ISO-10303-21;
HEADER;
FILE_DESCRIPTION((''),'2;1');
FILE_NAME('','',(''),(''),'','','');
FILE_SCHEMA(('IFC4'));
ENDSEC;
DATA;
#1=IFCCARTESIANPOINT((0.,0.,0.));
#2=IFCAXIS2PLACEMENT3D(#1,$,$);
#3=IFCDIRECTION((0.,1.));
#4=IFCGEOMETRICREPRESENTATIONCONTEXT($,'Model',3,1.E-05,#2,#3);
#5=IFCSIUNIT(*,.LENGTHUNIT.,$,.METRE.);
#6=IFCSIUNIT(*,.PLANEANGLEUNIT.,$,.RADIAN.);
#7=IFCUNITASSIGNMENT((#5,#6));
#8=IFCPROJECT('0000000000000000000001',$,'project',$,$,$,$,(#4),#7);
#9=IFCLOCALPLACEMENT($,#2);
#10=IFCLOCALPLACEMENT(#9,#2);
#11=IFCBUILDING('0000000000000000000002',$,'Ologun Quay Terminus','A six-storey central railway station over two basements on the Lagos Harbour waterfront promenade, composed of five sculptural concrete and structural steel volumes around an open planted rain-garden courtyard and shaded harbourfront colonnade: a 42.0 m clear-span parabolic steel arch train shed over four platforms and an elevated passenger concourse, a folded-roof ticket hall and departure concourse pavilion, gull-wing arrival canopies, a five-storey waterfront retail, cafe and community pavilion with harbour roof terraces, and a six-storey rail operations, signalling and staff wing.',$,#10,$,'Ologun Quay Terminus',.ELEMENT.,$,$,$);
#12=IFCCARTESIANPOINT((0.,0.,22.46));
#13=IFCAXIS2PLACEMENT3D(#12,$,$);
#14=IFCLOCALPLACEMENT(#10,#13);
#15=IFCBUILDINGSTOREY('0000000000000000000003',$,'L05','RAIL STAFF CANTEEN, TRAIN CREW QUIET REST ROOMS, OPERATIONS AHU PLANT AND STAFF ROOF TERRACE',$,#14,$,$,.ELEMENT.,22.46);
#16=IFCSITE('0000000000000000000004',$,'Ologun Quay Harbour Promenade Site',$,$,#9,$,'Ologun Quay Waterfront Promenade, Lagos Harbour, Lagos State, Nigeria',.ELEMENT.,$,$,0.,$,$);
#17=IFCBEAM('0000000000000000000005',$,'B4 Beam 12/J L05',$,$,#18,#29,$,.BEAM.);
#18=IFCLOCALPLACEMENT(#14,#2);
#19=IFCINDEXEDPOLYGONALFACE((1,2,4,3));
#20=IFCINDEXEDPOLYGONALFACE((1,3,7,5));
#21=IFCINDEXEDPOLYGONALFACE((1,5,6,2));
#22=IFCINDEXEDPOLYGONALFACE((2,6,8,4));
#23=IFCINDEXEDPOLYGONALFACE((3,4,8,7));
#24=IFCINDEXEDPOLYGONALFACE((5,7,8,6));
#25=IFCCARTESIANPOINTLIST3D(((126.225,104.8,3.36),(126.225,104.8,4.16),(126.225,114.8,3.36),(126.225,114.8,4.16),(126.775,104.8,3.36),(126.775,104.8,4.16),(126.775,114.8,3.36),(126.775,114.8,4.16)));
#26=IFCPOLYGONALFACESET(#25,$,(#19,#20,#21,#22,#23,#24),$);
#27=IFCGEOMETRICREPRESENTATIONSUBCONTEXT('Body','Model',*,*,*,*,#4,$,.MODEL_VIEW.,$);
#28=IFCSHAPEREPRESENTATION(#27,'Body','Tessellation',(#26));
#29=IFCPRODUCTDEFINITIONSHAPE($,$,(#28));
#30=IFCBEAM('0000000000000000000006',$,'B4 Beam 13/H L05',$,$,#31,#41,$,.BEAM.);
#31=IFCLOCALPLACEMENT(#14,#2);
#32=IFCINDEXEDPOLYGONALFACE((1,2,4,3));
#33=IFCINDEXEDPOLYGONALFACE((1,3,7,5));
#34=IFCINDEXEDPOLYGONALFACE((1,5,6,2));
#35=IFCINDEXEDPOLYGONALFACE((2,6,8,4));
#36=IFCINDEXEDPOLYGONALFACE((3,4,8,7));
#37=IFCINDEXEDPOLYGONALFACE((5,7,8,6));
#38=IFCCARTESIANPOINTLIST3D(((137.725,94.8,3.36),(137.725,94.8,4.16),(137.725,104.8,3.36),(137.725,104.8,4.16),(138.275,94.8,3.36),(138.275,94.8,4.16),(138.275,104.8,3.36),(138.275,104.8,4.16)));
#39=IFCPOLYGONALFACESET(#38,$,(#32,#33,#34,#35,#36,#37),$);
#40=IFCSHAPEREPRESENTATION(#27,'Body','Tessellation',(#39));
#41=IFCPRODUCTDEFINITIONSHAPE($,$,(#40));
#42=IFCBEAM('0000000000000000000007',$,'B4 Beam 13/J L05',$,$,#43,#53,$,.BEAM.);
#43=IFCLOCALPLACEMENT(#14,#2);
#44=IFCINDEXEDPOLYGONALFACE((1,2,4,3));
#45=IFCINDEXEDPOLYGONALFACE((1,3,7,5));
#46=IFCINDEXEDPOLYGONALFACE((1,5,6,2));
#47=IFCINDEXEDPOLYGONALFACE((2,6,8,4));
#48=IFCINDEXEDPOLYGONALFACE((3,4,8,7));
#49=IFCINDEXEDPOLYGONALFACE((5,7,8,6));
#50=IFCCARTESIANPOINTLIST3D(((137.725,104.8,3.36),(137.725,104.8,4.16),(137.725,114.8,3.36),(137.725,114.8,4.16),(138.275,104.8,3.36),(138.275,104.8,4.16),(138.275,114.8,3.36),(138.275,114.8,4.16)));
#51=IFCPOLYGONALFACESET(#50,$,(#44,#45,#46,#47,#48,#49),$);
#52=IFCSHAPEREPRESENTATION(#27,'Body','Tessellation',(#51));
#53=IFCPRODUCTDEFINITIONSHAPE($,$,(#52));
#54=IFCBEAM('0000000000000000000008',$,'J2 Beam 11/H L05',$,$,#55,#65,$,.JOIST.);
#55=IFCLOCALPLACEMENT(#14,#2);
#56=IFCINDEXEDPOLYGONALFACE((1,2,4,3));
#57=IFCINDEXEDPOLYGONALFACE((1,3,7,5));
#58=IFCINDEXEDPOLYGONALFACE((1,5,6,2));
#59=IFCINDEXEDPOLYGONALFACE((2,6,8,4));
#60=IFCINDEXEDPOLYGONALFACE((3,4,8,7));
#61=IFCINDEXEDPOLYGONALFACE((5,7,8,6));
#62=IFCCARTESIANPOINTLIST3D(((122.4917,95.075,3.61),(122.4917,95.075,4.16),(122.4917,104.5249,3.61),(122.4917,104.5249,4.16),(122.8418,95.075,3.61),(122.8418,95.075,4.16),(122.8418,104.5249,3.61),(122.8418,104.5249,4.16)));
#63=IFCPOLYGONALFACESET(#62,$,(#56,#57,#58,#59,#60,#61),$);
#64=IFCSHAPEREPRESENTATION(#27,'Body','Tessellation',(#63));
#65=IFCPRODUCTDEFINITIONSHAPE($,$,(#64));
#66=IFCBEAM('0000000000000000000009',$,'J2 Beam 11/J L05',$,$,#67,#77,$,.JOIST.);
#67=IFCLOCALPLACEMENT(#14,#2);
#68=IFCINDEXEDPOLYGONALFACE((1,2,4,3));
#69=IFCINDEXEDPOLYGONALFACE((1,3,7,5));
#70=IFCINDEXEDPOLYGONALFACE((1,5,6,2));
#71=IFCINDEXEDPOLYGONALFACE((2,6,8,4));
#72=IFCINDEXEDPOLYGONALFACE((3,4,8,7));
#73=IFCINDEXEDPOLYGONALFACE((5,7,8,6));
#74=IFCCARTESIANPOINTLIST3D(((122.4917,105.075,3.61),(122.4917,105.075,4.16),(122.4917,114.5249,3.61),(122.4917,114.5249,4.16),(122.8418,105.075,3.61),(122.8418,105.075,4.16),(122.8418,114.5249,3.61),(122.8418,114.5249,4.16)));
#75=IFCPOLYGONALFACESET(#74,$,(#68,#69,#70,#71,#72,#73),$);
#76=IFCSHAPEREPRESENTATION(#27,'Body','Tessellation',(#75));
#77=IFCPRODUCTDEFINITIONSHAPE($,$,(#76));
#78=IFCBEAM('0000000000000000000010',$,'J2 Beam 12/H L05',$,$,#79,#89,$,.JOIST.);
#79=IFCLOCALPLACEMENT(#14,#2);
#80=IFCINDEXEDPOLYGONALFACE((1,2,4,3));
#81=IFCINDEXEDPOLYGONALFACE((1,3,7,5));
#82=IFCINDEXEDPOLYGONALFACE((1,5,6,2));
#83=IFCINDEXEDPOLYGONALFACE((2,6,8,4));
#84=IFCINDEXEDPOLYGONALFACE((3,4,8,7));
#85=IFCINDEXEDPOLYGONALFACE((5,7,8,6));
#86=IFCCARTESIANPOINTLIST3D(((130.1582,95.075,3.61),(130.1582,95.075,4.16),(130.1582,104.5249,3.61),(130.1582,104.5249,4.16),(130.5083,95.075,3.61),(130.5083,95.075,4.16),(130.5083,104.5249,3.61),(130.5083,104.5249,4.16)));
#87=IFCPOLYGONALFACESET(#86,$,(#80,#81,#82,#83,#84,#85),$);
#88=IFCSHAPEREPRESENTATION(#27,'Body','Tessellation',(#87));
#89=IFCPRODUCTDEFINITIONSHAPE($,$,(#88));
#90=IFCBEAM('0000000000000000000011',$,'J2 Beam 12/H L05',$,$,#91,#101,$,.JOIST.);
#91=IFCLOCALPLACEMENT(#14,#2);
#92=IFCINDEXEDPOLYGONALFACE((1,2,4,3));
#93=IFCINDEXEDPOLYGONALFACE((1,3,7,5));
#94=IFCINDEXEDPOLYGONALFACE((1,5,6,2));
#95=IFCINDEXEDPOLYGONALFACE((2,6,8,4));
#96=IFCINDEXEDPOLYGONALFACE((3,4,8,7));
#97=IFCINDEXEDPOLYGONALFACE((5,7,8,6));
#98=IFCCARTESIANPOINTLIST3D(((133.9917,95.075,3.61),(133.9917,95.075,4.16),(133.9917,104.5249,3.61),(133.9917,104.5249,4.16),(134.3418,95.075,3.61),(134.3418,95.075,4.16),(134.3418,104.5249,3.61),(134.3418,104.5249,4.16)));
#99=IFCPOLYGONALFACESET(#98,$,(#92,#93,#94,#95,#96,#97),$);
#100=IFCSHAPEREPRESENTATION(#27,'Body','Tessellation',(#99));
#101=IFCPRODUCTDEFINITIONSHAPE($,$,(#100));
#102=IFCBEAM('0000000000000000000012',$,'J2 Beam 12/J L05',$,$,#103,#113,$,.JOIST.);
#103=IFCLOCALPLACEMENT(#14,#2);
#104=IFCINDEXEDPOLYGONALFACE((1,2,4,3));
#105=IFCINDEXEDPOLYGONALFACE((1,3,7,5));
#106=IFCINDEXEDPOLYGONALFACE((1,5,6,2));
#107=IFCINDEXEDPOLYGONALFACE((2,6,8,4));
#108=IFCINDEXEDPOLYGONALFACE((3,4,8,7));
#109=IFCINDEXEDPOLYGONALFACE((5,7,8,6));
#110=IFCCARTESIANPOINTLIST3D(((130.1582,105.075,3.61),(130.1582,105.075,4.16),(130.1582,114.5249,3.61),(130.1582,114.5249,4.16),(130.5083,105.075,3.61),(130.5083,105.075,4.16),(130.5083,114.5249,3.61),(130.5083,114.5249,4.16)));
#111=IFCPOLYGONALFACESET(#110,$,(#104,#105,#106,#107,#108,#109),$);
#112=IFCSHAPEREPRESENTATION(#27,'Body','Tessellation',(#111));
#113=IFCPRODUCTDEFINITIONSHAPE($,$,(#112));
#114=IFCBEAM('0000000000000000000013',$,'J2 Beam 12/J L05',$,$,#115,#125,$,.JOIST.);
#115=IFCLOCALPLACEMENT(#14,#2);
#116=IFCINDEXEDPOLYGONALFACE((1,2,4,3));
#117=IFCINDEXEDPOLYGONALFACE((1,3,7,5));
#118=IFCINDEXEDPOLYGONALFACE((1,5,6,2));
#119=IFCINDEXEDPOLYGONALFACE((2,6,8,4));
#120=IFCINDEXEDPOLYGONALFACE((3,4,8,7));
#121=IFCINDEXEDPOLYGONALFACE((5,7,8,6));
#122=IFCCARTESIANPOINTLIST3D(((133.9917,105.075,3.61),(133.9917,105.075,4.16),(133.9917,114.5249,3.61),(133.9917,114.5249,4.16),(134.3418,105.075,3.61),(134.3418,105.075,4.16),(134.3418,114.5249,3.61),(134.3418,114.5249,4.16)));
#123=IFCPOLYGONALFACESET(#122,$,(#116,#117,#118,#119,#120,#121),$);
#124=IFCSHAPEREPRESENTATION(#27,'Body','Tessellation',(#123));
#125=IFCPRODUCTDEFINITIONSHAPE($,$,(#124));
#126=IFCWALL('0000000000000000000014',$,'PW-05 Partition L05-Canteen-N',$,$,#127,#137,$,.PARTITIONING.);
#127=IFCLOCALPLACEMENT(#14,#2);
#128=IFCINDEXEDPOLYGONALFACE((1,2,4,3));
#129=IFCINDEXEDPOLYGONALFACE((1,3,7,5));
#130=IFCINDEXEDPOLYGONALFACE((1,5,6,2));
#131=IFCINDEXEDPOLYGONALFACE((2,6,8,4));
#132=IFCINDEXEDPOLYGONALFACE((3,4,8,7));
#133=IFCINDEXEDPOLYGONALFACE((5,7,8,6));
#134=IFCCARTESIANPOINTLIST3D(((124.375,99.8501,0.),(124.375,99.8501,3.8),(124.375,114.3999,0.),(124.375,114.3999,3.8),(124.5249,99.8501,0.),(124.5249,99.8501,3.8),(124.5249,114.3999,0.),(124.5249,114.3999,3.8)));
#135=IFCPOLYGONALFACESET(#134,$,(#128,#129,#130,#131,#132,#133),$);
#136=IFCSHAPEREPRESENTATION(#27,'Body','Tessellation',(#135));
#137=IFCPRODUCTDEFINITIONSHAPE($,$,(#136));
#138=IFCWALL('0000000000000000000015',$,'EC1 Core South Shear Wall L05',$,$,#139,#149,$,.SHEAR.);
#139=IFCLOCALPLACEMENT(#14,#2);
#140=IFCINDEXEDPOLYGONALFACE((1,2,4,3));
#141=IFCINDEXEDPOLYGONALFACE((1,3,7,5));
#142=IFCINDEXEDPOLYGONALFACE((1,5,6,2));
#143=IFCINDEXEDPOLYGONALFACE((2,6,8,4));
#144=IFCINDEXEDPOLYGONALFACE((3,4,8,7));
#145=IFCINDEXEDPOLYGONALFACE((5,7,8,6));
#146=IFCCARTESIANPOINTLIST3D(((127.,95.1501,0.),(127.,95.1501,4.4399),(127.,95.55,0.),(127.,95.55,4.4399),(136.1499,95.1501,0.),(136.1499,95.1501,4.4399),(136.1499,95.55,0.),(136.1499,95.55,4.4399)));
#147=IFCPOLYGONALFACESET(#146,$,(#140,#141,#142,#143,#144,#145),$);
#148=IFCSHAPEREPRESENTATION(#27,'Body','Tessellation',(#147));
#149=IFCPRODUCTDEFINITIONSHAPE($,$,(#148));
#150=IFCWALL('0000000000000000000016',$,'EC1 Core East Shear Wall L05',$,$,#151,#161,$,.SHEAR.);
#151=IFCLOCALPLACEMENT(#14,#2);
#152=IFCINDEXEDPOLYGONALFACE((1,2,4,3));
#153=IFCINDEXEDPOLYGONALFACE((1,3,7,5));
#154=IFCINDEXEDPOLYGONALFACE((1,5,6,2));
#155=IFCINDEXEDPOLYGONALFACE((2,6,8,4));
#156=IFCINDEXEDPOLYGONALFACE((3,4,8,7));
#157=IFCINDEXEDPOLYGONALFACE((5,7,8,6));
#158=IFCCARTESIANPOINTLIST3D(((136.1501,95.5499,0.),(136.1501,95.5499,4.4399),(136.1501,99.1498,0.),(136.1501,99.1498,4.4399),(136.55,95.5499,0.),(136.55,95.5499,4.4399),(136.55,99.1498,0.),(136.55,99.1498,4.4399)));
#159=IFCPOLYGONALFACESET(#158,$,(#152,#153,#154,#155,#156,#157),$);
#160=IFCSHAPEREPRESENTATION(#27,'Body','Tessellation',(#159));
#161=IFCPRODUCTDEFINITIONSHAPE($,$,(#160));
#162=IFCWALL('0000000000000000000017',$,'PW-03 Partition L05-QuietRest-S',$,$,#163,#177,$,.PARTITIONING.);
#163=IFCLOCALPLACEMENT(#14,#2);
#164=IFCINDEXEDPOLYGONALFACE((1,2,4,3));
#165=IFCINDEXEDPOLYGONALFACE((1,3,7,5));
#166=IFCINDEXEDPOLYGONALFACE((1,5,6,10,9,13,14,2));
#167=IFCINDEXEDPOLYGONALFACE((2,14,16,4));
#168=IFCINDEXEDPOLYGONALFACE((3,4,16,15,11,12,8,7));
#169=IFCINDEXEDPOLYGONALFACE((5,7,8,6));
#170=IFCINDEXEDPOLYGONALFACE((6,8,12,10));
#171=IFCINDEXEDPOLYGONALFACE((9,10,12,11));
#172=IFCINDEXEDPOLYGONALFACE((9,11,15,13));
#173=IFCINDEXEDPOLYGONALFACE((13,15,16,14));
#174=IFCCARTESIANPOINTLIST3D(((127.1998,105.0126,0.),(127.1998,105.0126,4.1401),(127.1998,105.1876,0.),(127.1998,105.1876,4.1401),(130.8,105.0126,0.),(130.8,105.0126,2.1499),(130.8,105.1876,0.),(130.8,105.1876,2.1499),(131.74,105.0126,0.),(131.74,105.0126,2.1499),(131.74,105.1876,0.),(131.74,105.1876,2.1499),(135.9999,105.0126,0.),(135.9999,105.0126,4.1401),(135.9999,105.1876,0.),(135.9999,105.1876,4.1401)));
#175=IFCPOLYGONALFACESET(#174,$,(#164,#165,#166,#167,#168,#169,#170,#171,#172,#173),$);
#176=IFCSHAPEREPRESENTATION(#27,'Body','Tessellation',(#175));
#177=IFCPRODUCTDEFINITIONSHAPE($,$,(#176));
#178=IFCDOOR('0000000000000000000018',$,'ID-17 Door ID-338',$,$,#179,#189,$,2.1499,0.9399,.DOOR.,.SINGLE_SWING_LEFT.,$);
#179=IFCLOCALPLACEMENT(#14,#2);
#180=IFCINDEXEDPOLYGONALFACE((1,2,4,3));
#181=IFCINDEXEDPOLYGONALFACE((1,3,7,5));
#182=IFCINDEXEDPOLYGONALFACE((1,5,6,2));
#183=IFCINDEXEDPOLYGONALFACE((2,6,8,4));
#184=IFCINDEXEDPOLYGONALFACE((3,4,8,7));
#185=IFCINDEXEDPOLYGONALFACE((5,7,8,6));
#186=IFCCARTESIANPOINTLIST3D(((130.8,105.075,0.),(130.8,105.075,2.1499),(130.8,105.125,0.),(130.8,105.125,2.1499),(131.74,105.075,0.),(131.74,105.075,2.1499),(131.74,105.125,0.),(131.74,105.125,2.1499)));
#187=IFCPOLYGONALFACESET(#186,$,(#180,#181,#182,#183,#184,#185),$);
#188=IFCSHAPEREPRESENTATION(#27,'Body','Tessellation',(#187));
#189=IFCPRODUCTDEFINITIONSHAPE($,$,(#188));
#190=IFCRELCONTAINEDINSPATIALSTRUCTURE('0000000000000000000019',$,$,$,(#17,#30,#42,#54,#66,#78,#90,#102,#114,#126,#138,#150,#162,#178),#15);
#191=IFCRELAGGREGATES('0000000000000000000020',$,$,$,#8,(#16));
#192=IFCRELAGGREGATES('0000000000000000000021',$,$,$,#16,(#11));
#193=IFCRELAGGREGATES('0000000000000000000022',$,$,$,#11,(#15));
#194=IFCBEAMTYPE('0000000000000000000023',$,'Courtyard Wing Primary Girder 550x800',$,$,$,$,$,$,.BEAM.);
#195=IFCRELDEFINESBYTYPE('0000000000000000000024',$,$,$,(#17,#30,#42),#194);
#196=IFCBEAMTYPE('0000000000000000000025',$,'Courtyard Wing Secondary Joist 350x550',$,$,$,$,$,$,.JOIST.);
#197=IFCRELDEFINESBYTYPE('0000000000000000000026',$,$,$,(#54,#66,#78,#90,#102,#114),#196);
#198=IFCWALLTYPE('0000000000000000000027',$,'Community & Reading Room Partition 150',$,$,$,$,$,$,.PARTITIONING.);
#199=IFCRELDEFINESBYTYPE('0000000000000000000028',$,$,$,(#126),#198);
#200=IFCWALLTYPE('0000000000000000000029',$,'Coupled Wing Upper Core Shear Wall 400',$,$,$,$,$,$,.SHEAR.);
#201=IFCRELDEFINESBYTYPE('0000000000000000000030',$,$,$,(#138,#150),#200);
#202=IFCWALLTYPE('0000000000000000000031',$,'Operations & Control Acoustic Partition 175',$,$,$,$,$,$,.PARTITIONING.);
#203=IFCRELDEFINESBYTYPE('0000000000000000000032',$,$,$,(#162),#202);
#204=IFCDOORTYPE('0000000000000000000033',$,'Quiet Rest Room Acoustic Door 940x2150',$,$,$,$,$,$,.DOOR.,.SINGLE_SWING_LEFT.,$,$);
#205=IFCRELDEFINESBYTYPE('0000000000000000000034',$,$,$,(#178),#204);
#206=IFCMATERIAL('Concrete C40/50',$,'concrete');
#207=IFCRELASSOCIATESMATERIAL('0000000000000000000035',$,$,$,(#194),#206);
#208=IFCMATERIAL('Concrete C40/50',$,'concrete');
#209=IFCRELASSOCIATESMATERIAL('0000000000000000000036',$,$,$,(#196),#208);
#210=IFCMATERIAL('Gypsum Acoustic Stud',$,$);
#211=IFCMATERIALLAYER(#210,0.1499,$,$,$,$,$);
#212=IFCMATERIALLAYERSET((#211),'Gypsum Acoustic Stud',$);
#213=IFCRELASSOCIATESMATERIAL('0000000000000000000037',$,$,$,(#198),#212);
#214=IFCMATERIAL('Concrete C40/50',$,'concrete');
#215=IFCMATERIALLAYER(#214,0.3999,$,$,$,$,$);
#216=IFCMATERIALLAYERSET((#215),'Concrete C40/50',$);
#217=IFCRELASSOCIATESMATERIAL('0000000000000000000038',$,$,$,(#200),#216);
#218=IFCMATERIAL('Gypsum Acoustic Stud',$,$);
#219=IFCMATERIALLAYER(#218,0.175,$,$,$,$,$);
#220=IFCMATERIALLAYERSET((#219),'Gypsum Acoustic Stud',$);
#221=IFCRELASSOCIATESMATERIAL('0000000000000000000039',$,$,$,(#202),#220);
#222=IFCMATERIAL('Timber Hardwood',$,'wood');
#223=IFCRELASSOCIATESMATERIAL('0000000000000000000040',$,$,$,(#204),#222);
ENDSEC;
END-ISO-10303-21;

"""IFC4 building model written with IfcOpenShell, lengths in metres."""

from ifc_helpers import new_model, si_unit, direction, frame, frame_2d, origin, origin_2d, place, context, subcontext, project, spatial, rectangle, extrude, material, layer, layer_set, material_profile, profile_set, type_object, element, fill, save


model = new_model("IFC4")

# Units and contexts
model_context = context("Model", 3, precision=1e-05, world=origin(), true_north=direction((0.0, 1.0)))
body_context = subcontext(model_context, "Body", "Model", "MODEL_VIEW")
ifc_project = project(units=[si_unit("LENGTHUNIT", "METRE"), si_unit("PLANEANGLEUNIT", "RADIAN")], contexts=[model_context])

# Site, building, storey
site_placement = place(None, origin())
site = spatial("IfcSite", under=ifc_project, at=site_placement, Name="Ologun Quay Harbour Promenade Site", LongName="Ologun Quay Waterfront Promenade, Lagos Harbour, Lagos State, Nigeria", CompositionType="ELEMENT", RefElevation=0.0)
building_placement = place(site_placement, origin())
building = spatial("IfcBuilding", under=site, at=building_placement, Name="Ologun Quay Terminus", Description="A six-storey central railway station over two basements on the Lagos Harbour waterfront promenade, composed of five sculptural concrete and structural steel volumes around an open planted rain-garden courtyard and shaded harbourfront colonnade: a 42.0 m clear-span parabolic steel arch train shed over four platforms and an elevated passenger concourse, a folded-roof ticket hall and departure concourse pavilion, gull-wing arrival canopies, a five-storey waterfront retail, cafe and community pavilion with harbour roof terraces, and a six-storey rail operations, signalling and staff wing.", LongName="Ologun Quay Terminus", CompositionType="ELEMENT")
storey_placement = place(building_placement, frame((0.0, 0.0, 22.46)))
storey = spatial("IfcBuildingStorey", under=building, at=storey_placement, Name="L05", Description="RAIL STAFF CANTEEN, TRAIN CREW QUIET REST ROOMS, OPERATIONS AHU PLANT AND STAFF ROOF TERRACE", CompositionType="ELEMENT", Elevation=22.46)

# Beams
ifc_material_1 = material(Name="Concrete C40/50", Category="concrete")
ifc_material_profile_1 = material_profile(ifc_material_1, rectangle(XDim=0.55, YDim=0.8, at=origin_2d()), Name="RC 550x800")
ifc_profile_set_1 = profile_set([ifc_material_profile_1], Name="Concrete C40/50")
beam_type_1 = type_object("IfcBeamType", Name="Courtyard Wing Primary Girder 550x800", PredefinedType="BEAM", material=ifc_profile_set_1)
for number, where, z_axis, x_axis, name in (
    (1, (126.5, 104.8, 3.76), (0.0, 1.0, 0.0), (-1.0, 0.0, 0.0), "B4 Beam 12/J L05"),
    (2, (138.0, 94.8, 3.76), (0.0, 1.0, 0.0), (-1.0, 0.0, 0.0), "B4 Beam 13/H L05"),
    (3, (138.0, 104.8, 3.76), (0.0, 1.0, 0.0), (-1.0, 0.0, 0.0), "B4 Beam 13/J L05"),
):
    element("IfcBeam", number, at=place(storey_placement, frame(where, z_axis=z_axis, x_axis=x_axis)), inside=storey, type_object=beam_type_1, Name=name, PredefinedType="BEAM", context=body_context, shape_type="SweptSolid", body=[
        extrude(rectangle(XDim=0.55, YDim=0.8, at=origin_2d()), origin(), (0.0, 0.0, 1.0), 10.0),
    ])
ifc_material_2 = material(Name="Concrete C40/50", Category="concrete")
ifc_material_profile_2 = material_profile(ifc_material_2, rectangle(XDim=0.3501, YDim=0.55, at=origin_2d()), Name="RC 350x550")
ifc_profile_set_2 = profile_set([ifc_material_profile_2], Name="Concrete C40/50")
beam_type_2 = type_object("IfcBeamType", Name="Courtyard Wing Secondary Joist 350x550", PredefinedType="JOIST", material=ifc_profile_set_2)
for number, where, z_axis, x_axis, name in (
    (4, (122.6667, 95.075, 3.885), (0.0, 1.0, 0.0), (-1.0, 0.0, 0.0), "J2 Beam 11/H L05"),
    (5, (122.6667, 105.075, 3.885), (0.0, 1.0, 0.0), (-1.0, 0.0, 0.0), "J2 Beam 11/J L05"),
    (6, (130.3333, 95.075, 3.885), (0.0, 1.0, 0.0), (-1.0, 0.0, 0.0), "J2 Beam 12/H L05"),
    (7, (134.1667, 95.075, 3.885), (0.0, 1.0, 0.0), (-1.0, 0.0, 0.0), "J2 Beam 12/H L05"),
    (8, (130.3333, 105.075, 3.885), (0.0, 1.0, 0.0), (-1.0, 0.0, 0.0), "J2 Beam 12/J L05"),
    (9, (134.1667, 105.075, 3.885), (0.0, 1.0, 0.0), (-1.0, 0.0, 0.0), "J2 Beam 12/J L05"),
):
    element("IfcBeam", number, at=place(storey_placement, frame(where, z_axis=z_axis, x_axis=x_axis)), inside=storey, type_object=beam_type_2, Name=name, PredefinedType="JOIST", context=body_context, shape_type="SweptSolid", body=[
        extrude(rectangle(XDim=0.3501, YDim=0.55, at=origin_2d()), origin(), (0.0, 0.0, 1.0), 9.45),
    ])

# Walls
ifc_material_3 = material(Name="Gypsum Acoustic Stud")
ifc_layer_1 = layer(ifc_material_3, 0.1499)
ifc_layer_set_1 = layer_set([ifc_layer_1], Name="Gypsum Acoustic Stud")
wall_type_1 = type_object("IfcWallType", Name="Community & Reading Room Partition 150", PredefinedType="PARTITIONING", material=ifc_layer_set_1)
wall_1_placement = place(storey_placement, frame((124.45, 99.8501, 0.0), z_axis=(0.0, 0.0, 1.0), x_axis=(0.0, 1.0, 0.0)))
element("IfcWall", 10, at=wall_1_placement, inside=storey, type_object=wall_type_1, Name="PW-05 Partition L05-Canteen-N", PredefinedType="PARTITIONING", context=body_context, shape_type="SweptSolid", body=[
    extrude(rectangle(XDim=14.5498, YDim=0.1499, at=frame_2d((7.2749, 0.0))), origin(), (0.0, 0.0, 1.0), 3.8),
])
ifc_material_4 = material(Name="Concrete C40/50", Category="concrete")
ifc_layer_2 = layer(ifc_material_4, 0.3999)
ifc_layer_set_2 = layer_set([ifc_layer_2], Name="Concrete C40/50")
wall_type_2 = type_object("IfcWallType", Name="Coupled Wing Upper Core Shear Wall 400", PredefinedType="SHEAR", material=ifc_layer_set_2)
wall_2_placement = place(storey_placement, frame((127.0, 95.3501, 0.0), z_axis=(0.0, 0.0, 1.0), x_axis=(1.0, 0.0, 0.0)))
element("IfcWall", 11, at=wall_2_placement, inside=storey, type_object=wall_type_2, Name="EC1 Core South Shear Wall L05", PredefinedType="SHEAR", context=body_context, shape_type="SweptSolid", body=[
    extrude(rectangle(XDim=9.1499, YDim=0.3999, at=frame_2d((4.575, 0.0))), origin(), (0.0, 0.0, 1.0), 4.4399),
])

# Wall
wall_3_placement = place(storey_placement, frame((136.3501, 95.55, 0.0), z_axis=(0.0, 0.0, 1.0), x_axis=(0.0, 1.0, 0.0)))
element("IfcWall", 12, at=wall_3_placement, inside=storey, type_object=wall_type_2, Name="EC1 Core East Shear Wall L05", PredefinedType="SHEAR", context=body_context, shape_type="SweptSolid", body=[
    extrude(rectangle(XDim=3.5999, YDim=0.3999, at=frame_2d((1.7998, 0.0))), origin(), (0.0, 0.0, 1.0), 4.4399),
])

# Wall, opening, door
ifc_material_5 = material(Name="Gypsum Acoustic Stud")
ifc_layer_3 = layer(ifc_material_5, 0.175)
ifc_layer_set_3 = layer_set([ifc_layer_3], Name="Gypsum Acoustic Stud")
wall_type_3 = type_object("IfcWallType", Name="Operations & Control Acoustic Partition 175", PredefinedType="PARTITIONING", material=ifc_layer_set_3)
wall_4_placement = place(storey_placement, frame((127.2, 105.1001, 0.0), z_axis=(0.0, 0.0, 1.0), x_axis=(1.0, 0.0, 0.0)))
wall_4 = element("IfcWall", 13, at=wall_4_placement, inside=storey, type_object=wall_type_3, Name="PW-03 Partition L05-QuietRest-S", PredefinedType="PARTITIONING", context=body_context, shape_type="SweptSolid", body=[
    extrude(rectangle(XDim=8.8, YDim=0.175, at=frame_2d((4.3999, 0.0))), origin(), (0.0, 0.0, 1.0), 4.1401),
])
opening_1_placement = place(wall_4_placement, frame((3.6001, 0.0, 0.0)))
opening_1 = element("IfcOpeningElement", 14, at=opening_1_placement, cuts=wall_4, PredefinedType="OPENING", context=body_context, shape_type="SweptSolid", body=[
    extrude(rectangle(XDim=0.9399, YDim=2.1499, at=frame_2d((0.47, 1.075))), frame((0.0, 0.0977, 0.0), z_axis=(0.0, -1.0, 0.0), x_axis=(1.0, 0.0, 0.0)), (0.0, 0.0, 1.0), 0.1951),
])
ifc_material_6 = material(Name="Timber Hardwood", Category="wood")
door_type_1 = type_object("IfcDoorType", Name="Quiet Rest Room Acoustic Door 940x2150", OperationType="SINGLE_SWING_LEFT", PredefinedType="DOOR", material=ifc_material_6)
door_1_placement = place(opening_1_placement, origin())
door_1 = element("IfcDoor", 15, at=door_1_placement, inside=storey, type_object=door_type_1, Name="ID-17 Door ID-338", OperationType="SINGLE_SWING_LEFT", OverallHeight=2.1499, OverallWidth=0.9399, PredefinedType="DOOR", context=body_context, shape_type="SweptSolid", body=[
    extrude(rectangle(XDim=0.9399, YDim=2.1499, at=frame_2d((0.47, 1.075))), frame((0.0, 0.0249, 0.0), z_axis=(0.0, -1.0, 0.0), x_axis=(1.0, 0.0, 0.0)), (0.0, 0.0, 1.0), 0.05),
])
fill(opening_1, door_1)

save(model, "model.ifc")
